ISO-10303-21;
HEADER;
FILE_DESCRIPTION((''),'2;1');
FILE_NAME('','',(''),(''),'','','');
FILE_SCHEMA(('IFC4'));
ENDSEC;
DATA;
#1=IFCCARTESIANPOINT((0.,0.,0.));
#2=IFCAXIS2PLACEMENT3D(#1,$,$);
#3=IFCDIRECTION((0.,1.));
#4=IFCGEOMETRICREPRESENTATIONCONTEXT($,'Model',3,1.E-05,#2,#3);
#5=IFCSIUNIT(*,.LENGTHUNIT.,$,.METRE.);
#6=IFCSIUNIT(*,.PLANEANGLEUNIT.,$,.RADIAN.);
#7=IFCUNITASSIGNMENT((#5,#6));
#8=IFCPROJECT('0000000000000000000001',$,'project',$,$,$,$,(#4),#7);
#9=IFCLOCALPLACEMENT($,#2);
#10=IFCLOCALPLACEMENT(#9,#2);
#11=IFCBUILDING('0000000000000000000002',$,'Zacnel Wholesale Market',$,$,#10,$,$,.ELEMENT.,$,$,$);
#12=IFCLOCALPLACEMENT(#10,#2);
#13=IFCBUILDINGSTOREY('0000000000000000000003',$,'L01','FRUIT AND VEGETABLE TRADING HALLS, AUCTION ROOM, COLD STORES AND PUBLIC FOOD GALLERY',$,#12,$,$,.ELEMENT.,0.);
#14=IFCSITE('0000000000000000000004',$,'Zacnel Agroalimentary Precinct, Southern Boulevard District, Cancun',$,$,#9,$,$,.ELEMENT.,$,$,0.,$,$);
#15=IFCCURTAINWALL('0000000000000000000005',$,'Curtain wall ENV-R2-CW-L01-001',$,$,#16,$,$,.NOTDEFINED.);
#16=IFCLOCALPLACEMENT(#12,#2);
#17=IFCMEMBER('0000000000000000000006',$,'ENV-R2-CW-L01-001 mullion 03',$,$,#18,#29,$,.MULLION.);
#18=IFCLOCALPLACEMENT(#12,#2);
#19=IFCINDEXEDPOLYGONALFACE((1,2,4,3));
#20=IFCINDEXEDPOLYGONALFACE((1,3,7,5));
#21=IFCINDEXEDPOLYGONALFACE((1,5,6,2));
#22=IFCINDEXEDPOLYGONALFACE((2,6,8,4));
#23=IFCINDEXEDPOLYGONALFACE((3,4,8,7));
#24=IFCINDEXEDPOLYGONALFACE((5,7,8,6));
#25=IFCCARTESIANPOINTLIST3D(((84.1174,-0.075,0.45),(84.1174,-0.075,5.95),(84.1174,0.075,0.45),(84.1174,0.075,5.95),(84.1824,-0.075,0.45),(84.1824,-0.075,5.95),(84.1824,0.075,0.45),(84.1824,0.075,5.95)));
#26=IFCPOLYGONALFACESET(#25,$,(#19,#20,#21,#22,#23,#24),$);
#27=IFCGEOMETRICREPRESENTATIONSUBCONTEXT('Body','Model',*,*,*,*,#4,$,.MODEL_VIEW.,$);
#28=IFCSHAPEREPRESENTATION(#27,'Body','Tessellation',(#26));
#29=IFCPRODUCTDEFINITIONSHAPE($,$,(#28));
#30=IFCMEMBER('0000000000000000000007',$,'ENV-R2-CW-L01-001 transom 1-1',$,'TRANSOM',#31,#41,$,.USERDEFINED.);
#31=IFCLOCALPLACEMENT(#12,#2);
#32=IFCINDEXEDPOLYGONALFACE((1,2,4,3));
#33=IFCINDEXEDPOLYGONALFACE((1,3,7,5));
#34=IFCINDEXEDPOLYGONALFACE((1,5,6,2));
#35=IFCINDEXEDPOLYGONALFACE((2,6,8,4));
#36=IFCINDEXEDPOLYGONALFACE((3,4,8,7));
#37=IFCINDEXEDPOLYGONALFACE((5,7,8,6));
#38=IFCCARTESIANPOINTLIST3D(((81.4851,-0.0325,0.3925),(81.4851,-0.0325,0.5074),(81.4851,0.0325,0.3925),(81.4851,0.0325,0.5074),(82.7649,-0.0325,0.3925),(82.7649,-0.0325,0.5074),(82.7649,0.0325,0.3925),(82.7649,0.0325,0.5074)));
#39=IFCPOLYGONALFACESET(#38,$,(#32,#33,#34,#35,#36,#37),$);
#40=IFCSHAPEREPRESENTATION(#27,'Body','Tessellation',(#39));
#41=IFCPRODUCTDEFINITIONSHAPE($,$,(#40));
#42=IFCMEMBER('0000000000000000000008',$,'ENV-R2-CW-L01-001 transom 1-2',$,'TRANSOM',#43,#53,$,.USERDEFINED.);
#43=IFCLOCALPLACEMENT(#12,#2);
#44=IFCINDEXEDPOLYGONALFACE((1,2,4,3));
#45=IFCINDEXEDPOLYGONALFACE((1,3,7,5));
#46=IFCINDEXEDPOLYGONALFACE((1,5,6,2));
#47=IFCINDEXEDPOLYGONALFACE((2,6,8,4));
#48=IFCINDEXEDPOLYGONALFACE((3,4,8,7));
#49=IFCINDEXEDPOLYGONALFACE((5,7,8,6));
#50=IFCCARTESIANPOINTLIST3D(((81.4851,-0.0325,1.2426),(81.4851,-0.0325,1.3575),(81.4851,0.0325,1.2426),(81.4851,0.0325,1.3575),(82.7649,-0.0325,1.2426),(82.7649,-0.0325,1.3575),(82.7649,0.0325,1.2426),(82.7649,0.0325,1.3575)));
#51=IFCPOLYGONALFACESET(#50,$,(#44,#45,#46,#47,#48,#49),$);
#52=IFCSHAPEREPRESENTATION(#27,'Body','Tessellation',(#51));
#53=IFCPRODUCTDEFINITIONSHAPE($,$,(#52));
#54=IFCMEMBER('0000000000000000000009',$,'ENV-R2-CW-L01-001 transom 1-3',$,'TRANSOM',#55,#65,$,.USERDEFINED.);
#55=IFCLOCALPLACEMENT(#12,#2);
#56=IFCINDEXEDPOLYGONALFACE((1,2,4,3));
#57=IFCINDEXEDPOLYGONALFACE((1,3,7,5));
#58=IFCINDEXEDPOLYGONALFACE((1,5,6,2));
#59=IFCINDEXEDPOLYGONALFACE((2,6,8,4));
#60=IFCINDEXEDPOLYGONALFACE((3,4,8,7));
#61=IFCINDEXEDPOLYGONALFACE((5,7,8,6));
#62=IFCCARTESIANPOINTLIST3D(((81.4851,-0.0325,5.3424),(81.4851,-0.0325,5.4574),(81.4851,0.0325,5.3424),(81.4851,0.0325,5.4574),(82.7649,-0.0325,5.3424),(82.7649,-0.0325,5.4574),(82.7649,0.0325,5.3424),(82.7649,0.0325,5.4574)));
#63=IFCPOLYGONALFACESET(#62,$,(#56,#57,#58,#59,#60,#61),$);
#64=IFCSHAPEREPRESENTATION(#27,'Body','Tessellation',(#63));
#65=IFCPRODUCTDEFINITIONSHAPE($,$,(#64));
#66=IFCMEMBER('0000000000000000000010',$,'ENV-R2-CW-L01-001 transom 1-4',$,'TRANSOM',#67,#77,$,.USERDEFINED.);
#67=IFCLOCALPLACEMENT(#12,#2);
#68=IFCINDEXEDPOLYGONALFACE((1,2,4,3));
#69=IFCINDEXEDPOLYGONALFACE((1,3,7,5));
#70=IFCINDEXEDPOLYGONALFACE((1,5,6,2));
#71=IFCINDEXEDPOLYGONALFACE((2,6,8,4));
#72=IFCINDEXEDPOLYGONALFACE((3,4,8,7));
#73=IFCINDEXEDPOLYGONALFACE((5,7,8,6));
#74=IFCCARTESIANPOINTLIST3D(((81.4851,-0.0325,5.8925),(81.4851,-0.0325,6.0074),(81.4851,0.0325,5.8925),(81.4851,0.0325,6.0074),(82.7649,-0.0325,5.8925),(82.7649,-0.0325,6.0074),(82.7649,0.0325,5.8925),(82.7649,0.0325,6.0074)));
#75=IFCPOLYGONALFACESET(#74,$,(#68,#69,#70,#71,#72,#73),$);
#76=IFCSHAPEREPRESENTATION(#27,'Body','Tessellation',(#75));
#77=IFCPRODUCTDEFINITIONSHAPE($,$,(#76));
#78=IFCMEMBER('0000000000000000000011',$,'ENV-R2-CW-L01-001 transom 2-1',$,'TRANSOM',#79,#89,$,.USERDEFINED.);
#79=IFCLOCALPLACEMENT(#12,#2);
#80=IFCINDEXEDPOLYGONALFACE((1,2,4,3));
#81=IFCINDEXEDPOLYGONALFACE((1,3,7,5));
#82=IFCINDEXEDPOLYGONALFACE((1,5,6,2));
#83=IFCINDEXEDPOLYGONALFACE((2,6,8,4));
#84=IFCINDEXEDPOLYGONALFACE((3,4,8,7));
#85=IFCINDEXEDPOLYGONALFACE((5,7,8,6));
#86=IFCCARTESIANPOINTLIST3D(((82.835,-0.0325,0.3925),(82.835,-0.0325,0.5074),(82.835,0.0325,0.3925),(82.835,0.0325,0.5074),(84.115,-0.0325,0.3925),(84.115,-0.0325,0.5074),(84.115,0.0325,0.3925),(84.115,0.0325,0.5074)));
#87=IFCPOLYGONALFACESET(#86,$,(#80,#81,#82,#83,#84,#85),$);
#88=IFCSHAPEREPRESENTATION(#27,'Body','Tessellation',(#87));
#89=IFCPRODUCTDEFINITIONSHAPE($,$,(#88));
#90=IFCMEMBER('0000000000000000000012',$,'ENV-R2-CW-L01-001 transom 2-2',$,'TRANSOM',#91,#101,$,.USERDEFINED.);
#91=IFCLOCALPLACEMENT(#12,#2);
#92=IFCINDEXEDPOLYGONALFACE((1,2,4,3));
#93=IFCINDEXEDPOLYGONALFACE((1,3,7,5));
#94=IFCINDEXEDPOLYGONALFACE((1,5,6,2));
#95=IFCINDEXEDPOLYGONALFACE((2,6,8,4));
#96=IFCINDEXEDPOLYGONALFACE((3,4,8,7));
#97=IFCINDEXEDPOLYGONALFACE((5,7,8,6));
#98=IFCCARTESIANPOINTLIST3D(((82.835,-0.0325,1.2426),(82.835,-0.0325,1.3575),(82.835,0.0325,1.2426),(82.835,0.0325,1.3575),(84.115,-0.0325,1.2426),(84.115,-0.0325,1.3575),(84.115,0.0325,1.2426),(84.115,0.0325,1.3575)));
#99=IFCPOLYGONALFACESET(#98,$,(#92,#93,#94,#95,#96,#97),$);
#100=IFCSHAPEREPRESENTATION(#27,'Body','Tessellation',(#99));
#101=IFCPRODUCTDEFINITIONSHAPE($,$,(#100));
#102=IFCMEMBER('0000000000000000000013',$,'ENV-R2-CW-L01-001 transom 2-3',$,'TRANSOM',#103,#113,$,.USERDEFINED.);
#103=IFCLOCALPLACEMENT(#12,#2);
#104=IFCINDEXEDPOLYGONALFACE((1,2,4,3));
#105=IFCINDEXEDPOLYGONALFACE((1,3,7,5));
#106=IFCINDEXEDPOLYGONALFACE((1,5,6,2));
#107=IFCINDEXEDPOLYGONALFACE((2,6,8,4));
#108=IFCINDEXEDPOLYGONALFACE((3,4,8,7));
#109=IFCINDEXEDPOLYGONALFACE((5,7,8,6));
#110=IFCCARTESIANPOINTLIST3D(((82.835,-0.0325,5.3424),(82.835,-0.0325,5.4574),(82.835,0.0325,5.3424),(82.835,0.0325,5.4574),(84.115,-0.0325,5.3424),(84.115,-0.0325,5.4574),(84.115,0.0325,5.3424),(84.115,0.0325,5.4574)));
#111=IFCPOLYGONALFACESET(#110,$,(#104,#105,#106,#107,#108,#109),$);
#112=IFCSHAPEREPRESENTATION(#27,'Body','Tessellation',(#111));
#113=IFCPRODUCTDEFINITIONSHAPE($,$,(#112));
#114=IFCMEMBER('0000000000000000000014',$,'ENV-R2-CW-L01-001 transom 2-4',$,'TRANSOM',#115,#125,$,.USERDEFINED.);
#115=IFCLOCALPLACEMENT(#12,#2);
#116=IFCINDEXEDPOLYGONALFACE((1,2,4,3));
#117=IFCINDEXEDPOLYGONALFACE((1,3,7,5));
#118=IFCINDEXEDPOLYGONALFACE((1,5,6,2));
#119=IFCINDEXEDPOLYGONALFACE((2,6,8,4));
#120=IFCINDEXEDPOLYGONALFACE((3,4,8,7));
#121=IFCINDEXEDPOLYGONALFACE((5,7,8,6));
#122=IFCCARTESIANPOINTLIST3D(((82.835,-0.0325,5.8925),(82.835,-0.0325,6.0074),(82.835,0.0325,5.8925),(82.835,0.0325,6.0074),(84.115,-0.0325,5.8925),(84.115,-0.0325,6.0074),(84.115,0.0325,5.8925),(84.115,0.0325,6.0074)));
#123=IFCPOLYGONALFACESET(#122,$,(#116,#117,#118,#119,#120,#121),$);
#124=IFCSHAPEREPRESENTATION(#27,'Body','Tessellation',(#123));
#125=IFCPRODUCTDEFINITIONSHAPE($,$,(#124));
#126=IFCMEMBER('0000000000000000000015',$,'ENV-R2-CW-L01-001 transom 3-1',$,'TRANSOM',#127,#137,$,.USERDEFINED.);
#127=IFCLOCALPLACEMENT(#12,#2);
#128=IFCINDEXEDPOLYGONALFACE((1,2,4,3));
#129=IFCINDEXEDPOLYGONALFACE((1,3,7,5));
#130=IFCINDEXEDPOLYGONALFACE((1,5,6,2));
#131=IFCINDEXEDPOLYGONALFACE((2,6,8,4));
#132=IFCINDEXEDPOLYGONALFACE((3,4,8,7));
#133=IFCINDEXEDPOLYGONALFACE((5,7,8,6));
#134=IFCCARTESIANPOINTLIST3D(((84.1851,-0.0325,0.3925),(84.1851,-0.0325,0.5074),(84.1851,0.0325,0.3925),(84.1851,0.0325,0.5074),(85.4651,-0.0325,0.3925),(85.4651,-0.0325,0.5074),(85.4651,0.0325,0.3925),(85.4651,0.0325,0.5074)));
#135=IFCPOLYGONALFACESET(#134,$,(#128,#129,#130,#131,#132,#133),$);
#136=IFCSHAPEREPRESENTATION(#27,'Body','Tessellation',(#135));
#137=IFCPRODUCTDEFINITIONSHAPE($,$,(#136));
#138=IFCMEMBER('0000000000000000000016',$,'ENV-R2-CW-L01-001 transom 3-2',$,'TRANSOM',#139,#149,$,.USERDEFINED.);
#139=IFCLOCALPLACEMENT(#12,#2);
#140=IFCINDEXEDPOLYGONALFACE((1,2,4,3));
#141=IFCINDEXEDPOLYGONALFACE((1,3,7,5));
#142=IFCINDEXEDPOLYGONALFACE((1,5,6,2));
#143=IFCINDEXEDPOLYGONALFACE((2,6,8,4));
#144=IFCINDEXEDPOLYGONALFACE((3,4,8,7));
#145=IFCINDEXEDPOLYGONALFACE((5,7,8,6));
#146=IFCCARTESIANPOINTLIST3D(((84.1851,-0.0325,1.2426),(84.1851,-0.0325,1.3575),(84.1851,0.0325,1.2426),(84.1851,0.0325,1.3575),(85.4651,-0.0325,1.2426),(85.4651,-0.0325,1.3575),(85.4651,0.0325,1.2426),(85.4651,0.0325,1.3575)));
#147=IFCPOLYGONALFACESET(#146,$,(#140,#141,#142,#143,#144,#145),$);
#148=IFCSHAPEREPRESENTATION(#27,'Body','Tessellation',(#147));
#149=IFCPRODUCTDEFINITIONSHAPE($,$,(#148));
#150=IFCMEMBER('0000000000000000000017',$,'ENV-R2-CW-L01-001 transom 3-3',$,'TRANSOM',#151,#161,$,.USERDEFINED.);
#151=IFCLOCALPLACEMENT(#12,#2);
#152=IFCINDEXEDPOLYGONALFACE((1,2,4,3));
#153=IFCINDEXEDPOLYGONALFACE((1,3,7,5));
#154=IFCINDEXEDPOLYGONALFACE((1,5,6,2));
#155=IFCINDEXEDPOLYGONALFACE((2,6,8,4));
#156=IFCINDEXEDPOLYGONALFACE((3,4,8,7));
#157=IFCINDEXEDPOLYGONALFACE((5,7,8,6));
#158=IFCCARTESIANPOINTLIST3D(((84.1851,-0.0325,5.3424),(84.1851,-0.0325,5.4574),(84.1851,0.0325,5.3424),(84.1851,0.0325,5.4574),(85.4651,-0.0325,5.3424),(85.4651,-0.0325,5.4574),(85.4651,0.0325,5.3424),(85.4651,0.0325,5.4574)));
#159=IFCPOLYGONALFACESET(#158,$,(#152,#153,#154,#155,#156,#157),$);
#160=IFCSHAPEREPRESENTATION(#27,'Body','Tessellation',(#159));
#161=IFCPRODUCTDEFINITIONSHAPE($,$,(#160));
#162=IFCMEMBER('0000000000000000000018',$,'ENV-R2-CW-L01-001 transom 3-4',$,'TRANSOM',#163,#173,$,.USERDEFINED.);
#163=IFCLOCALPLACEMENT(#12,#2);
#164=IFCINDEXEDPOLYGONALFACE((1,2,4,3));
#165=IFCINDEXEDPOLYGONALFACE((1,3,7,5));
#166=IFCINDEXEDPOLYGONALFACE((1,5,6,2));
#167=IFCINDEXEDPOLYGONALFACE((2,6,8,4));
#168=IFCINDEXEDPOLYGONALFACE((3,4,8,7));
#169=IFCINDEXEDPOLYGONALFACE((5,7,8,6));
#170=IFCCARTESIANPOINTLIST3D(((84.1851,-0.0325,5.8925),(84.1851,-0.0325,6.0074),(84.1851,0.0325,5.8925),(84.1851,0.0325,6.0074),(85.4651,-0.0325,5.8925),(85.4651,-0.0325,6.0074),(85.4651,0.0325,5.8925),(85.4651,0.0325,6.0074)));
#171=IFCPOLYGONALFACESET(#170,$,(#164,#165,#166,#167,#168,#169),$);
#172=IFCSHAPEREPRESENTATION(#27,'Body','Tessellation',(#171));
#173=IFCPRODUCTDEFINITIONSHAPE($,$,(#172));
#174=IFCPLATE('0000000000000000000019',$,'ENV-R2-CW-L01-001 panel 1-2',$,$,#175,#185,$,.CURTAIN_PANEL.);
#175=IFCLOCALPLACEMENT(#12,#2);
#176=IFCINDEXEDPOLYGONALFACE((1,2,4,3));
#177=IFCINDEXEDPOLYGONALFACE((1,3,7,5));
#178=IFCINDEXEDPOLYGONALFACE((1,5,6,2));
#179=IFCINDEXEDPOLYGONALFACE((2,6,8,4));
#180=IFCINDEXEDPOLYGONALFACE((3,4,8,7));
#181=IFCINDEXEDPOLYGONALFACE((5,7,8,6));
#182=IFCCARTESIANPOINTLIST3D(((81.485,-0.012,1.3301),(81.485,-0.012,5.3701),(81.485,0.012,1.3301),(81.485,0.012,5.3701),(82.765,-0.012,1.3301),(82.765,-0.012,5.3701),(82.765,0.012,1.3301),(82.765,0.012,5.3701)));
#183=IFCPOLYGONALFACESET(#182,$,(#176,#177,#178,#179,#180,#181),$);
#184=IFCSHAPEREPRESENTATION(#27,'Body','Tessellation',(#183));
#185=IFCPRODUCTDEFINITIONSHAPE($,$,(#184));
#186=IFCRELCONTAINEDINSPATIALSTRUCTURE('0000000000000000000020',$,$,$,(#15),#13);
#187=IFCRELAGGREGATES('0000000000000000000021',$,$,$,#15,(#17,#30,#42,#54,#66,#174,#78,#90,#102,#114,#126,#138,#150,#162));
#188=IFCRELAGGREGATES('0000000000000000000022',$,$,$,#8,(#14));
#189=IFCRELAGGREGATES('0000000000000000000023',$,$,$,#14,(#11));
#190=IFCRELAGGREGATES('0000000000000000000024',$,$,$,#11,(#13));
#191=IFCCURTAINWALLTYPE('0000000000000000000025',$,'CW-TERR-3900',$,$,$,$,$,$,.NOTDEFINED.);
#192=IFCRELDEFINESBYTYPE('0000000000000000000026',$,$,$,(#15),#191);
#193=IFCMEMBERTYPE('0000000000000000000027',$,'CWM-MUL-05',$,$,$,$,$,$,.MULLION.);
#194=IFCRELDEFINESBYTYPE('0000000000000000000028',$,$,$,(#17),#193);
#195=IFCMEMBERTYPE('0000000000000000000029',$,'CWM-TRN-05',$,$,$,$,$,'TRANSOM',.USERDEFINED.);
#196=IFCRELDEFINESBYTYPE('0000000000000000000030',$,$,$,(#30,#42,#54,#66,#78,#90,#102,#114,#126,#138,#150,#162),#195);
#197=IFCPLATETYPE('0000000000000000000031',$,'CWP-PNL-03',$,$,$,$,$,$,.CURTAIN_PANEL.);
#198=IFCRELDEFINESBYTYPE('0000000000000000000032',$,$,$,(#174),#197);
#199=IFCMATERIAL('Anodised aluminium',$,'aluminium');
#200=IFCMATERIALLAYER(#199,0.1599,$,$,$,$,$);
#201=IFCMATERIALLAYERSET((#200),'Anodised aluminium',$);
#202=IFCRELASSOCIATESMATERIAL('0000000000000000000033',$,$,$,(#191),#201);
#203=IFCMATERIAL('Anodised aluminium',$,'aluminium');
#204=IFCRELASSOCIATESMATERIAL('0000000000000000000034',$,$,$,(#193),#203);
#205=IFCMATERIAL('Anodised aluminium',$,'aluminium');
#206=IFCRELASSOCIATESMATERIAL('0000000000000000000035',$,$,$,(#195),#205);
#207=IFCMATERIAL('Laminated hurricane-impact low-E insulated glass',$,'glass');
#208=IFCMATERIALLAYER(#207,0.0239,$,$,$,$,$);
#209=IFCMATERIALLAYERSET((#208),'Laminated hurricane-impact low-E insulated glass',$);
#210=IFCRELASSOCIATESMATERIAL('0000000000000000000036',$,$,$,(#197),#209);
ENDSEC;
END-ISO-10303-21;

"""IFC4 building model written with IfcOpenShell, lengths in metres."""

from ifc_helpers import new_model, si_unit, direction, frame, origin, origin_2d, place, context, subcontext, project, spatial, rectangle, extrude, material, layer, layer_set, material_profile, profile_set, type_object, element, aggregate, save


model = new_model("IFC4")

# Units and contexts
model_context = context("Model", 3, precision=1e-05, world=origin(), true_north=direction((0.0, 1.0)))
body_context = subcontext(model_context, "Body", "Model", "MODEL_VIEW")
ifc_project = project(units=[si_unit("LENGTHUNIT", "METRE"), si_unit("PLANEANGLEUNIT", "RADIAN")], contexts=[model_context])

# Site, building, storey
site_placement = place(None, origin())
site = spatial("IfcSite", under=ifc_project, at=site_placement, Name="Zacnel Agroalimentary Precinct, Southern Boulevard District, Cancun", CompositionType="ELEMENT", RefElevation=0.0)
building_placement = place(site_placement, origin())
building = spatial("IfcBuilding", under=site, at=building_placement, Name="Zacnel Wholesale Market", CompositionType="ELEMENT")
storey_placement = place(building_placement, origin())
storey = spatial("IfcBuildingStorey", under=building, at=storey_placement, Name="L01", Description="FRUIT AND VEGETABLE TRADING HALLS, AUCTION ROOM, COLD STORES AND PUBLIC FOOD GALLERY", CompositionType="ELEMENT", Elevation=0.0)

# Curtain wall, members, plate
ifc_material_1 = material(Name="Anodised aluminium", Category="aluminium")
ifc_layer_1 = layer(ifc_material_1, 0.1599)
ifc_layer_set_1 = layer_set([ifc_layer_1], Name="Anodised aluminium")
curtain_wall_type = type_object("IfcCurtainWallType", Name="CW-TERR-3900", PredefinedType="NOTDEFINED", material=ifc_layer_set_1)
curtain_wall_placement = place(storey_placement, origin())
curtain_wall = element("IfcCurtainWall", 1, at=curtain_wall_placement, inside=storey, type_object=curtain_wall_type, Name="Curtain wall ENV-R2-CW-L01-001", PredefinedType="NOTDEFINED")
ifc_material_2 = material(Name="Anodised aluminium", Category="aluminium")
ifc_material_profile_1 = material_profile(ifc_material_2, rectangle(XDim=0.0649, YDim=0.1499, at=origin_2d()), Name="AW-MULLION 65x150")
ifc_profile_set_1 = profile_set([ifc_material_profile_1], Name="Anodised aluminium")
member_type_1 = type_object("IfcMemberType", Name="CWM-MUL-05", PredefinedType="MULLION", material=ifc_profile_set_1)
member_1_placement = place(storey_placement, frame((84.1499, 0.0, 0.45), z_axis=(0.0, 0.0, 1.0), x_axis=(1.0, 0.0, 0.0)))
member_1 = element("IfcMember", 2, at=member_1_placement, type_object=member_type_1, Name="ENV-R2-CW-L01-001 mullion 03", PredefinedType="MULLION", context=body_context, shape_type="SweptSolid", body=[
    extrude(rectangle(XDim=0.0649, YDim=0.1499, at=origin_2d()), origin(), (0.0, 0.0, 1.0), 5.5),
])
ifc_material_3 = material(Name="Anodised aluminium", Category="aluminium")
ifc_material_profile_2 = material_profile(ifc_material_3, rectangle(XDim=0.0649, YDim=0.115, at=origin_2d()), Name="AW-TRANSOM 65x115")
ifc_profile_set_2 = profile_set([ifc_material_profile_2], Name="Anodised aluminium")
member_type_2 = type_object("IfcMemberType", Name="CWM-TRN-05", ElementType="TRANSOM", PredefinedType="USERDEFINED", material=ifc_profile_set_2)
member_2_placement = place(storey_placement, frame((81.4851, 0.0, 0.45), z_axis=(1.0, 0.0, 0.0), x_axis=(0.0, 1.0, 0.0)))
member_2 = element("IfcMember", 3, at=member_2_placement, type_object=member_type_2, Name="ENV-R2-CW-L01-001 transom 1-1", ObjectType="TRANSOM", PredefinedType="USERDEFINED", context=body_context, shape_type="SweptSolid", body=[
    extrude(rectangle(XDim=0.0649, YDim=0.115, at=origin_2d()), origin(), (0.0, 0.0, 1.0), 1.2798),
])
member_3_placement = place(storey_placement, frame((81.4851, 0.0, 1.3), z_axis=(1.0, 0.0, 0.0), x_axis=(0.0, 1.0, 0.0)))
member_3 = element("IfcMember", 4, at=member_3_placement, type_object=member_type_2, Name="ENV-R2-CW-L01-001 transom 1-2", ObjectType="TRANSOM", PredefinedType="USERDEFINED", context=body_context, shape_type="SweptSolid", body=[
    extrude(rectangle(XDim=0.0649, YDim=0.115, at=origin_2d()), origin(), (0.0, 0.0, 1.0), 1.2798),
])
member_4_placement = place(storey_placement, frame((81.4851, 0.0, 5.3999), z_axis=(1.0, 0.0, 0.0), x_axis=(0.0, 1.0, 0.0)))
member_4 = element("IfcMember", 5, at=member_4_placement, type_object=member_type_2, Name="ENV-R2-CW-L01-001 transom 1-3", ObjectType="TRANSOM", PredefinedType="USERDEFINED", context=body_context, shape_type="SweptSolid", body=[
    extrude(rectangle(XDim=0.0649, YDim=0.115, at=origin_2d()), origin(), (0.0, 0.0, 1.0), 1.2798),
])
member_5_placement = place(storey_placement, frame((81.4851, 0.0, 5.95), z_axis=(1.0, 0.0, 0.0), x_axis=(0.0, 1.0, 0.0)))
member_5 = element("IfcMember", 6, at=member_5_placement, type_object=member_type_2, Name="ENV-R2-CW-L01-001 transom 1-4", ObjectType="TRANSOM", PredefinedType="USERDEFINED", context=body_context, shape_type="SweptSolid", body=[
    extrude(rectangle(XDim=0.0649, YDim=0.115, at=origin_2d()), origin(), (0.0, 0.0, 1.0), 1.2798),
])
member_6_placement = place(storey_placement, frame((82.835, 0.0, 0.45), z_axis=(1.0, 0.0, 0.0), x_axis=(0.0, 1.0, 0.0)))
member_6 = element("IfcMember", 7, at=member_6_placement, type_object=member_type_2, Name="ENV-R2-CW-L01-001 transom 2-1", ObjectType="TRANSOM", PredefinedType="USERDEFINED", context=body_context, shape_type="SweptSolid", body=[
    extrude(rectangle(XDim=0.0649, YDim=0.115, at=origin_2d()), origin(), (0.0, 0.0, 1.0), 1.28),
])
member_7_placement = place(storey_placement, frame((82.835, 0.0, 1.3), z_axis=(1.0, 0.0, 0.0), x_axis=(0.0, 1.0, 0.0)))
member_7 = element("IfcMember", 8, at=member_7_placement, type_object=member_type_2, Name="ENV-R2-CW-L01-001 transom 2-2", ObjectType="TRANSOM", PredefinedType="USERDEFINED", context=body_context, shape_type="SweptSolid", body=[
    extrude(rectangle(XDim=0.0649, YDim=0.115, at=origin_2d()), origin(), (0.0, 0.0, 1.0), 1.28),
])
member_8_placement = place(storey_placement, frame((82.835, 0.0, 5.3999), z_axis=(1.0, 0.0, 0.0), x_axis=(0.0, 1.0, 0.0)))
member_8 = element("IfcMember", 9, at=member_8_placement, type_object=member_type_2, Name="ENV-R2-CW-L01-001 transom 2-3", ObjectType="TRANSOM", PredefinedType="USERDEFINED", context=body_context, shape_type="SweptSolid", body=[
    extrude(rectangle(XDim=0.0649, YDim=0.115, at=origin_2d()), origin(), (0.0, 0.0, 1.0), 1.28),
])
member_9_placement = place(storey_placement, frame((82.835, 0.0, 5.95), z_axis=(1.0, 0.0, 0.0), x_axis=(0.0, 1.0, 0.0)))
member_9 = element("IfcMember", 10, at=member_9_placement, type_object=member_type_2, Name="ENV-R2-CW-L01-001 transom 2-4", ObjectType="TRANSOM", PredefinedType="USERDEFINED", context=body_context, shape_type="SweptSolid", body=[
    extrude(rectangle(XDim=0.0649, YDim=0.115, at=origin_2d()), origin(), (0.0, 0.0, 1.0), 1.28),
])
member_10_placement = place(storey_placement, frame((84.1851, 0.0, 0.45), z_axis=(1.0, 0.0, 0.0), x_axis=(0.0, 1.0, 0.0)))
member_10 = element("IfcMember", 11, at=member_10_placement, type_object=member_type_2, Name="ENV-R2-CW-L01-001 transom 3-1", ObjectType="TRANSOM", PredefinedType="USERDEFINED", context=body_context, shape_type="SweptSolid", body=[
    extrude(rectangle(XDim=0.0649, YDim=0.115, at=origin_2d()), origin(), (0.0, 0.0, 1.0), 1.28),
])
member_11_placement = place(storey_placement, frame((84.1851, 0.0, 1.3), z_axis=(1.0, 0.0, 0.0), x_axis=(0.0, 1.0, 0.0)))
member_11 = element("IfcMember", 12, at=member_11_placement, type_object=member_type_2, Name="ENV-R2-CW-L01-001 transom 3-2", ObjectType="TRANSOM", PredefinedType="USERDEFINED", context=body_context, shape_type="SweptSolid", body=[
    extrude(rectangle(XDim=0.0649, YDim=0.115, at=origin_2d()), origin(), (0.0, 0.0, 1.0), 1.28),
])
member_12_placement = place(storey_placement, frame((84.1851, 0.0, 5.3999), z_axis=(1.0, 0.0, 0.0), x_axis=(0.0, 1.0, 0.0)))
member_12 = element("IfcMember", 13, at=member_12_placement, type_object=member_type_2, Name="ENV-R2-CW-L01-001 transom 3-3", ObjectType="TRANSOM", PredefinedType="USERDEFINED", context=body_context, shape_type="SweptSolid", body=[
    extrude(rectangle(XDim=0.0649, YDim=0.115, at=origin_2d()), origin(), (0.0, 0.0, 1.0), 1.28),
])
member_13_placement = place(storey_placement, frame((84.1851, 0.0, 5.95), z_axis=(1.0, 0.0, 0.0), x_axis=(0.0, 1.0, 0.0)))
member_13 = element("IfcMember", 14, at=member_13_placement, type_object=member_type_2, Name="ENV-R2-CW-L01-001 transom 3-4", ObjectType="TRANSOM", PredefinedType="USERDEFINED", context=body_context, shape_type="SweptSolid", body=[
    extrude(rectangle(XDim=0.0649, YDim=0.115, at=origin_2d()), origin(), (0.0, 0.0, 1.0), 1.28),
])
ifc_material_4 = material(Name="Laminated hurricane-impact low-E insulated glass", Category="glass")
ifc_layer_2 = layer(ifc_material_4, 0.0239)
ifc_layer_set_2 = layer_set([ifc_layer_2], Name="Laminated hurricane-impact low-E insulated glass")
plate_type_1 = type_object("IfcPlateType", Name="CWP-PNL-03", PredefinedType="CURTAIN_PANEL", material=ifc_layer_set_2)
plate_1_placement = place(storey_placement, frame((82.125, 0.0, 1.3301), z_axis=(0.0, 0.0, 1.0), x_axis=(1.0, 0.0, 0.0)))
plate_1 = element("IfcPlate", 15, at=plate_1_placement, type_object=plate_type_1, Name="ENV-R2-CW-L01-001 panel 1-2", PredefinedType="CURTAIN_PANEL", context=body_context, shape_type="SweptSolid", body=[
    extrude(rectangle(XDim=1.28, YDim=0.0239, at=origin_2d()), origin(), (0.0, 0.0, 1.0), 4.04),
])
aggregate(curtain_wall, [member_1, member_2, member_3, member_4, member_5, plate_1, member_6, member_7, member_8, member_9, member_10, member_11, member_12, member_13])

save(model, "model.ifc")
